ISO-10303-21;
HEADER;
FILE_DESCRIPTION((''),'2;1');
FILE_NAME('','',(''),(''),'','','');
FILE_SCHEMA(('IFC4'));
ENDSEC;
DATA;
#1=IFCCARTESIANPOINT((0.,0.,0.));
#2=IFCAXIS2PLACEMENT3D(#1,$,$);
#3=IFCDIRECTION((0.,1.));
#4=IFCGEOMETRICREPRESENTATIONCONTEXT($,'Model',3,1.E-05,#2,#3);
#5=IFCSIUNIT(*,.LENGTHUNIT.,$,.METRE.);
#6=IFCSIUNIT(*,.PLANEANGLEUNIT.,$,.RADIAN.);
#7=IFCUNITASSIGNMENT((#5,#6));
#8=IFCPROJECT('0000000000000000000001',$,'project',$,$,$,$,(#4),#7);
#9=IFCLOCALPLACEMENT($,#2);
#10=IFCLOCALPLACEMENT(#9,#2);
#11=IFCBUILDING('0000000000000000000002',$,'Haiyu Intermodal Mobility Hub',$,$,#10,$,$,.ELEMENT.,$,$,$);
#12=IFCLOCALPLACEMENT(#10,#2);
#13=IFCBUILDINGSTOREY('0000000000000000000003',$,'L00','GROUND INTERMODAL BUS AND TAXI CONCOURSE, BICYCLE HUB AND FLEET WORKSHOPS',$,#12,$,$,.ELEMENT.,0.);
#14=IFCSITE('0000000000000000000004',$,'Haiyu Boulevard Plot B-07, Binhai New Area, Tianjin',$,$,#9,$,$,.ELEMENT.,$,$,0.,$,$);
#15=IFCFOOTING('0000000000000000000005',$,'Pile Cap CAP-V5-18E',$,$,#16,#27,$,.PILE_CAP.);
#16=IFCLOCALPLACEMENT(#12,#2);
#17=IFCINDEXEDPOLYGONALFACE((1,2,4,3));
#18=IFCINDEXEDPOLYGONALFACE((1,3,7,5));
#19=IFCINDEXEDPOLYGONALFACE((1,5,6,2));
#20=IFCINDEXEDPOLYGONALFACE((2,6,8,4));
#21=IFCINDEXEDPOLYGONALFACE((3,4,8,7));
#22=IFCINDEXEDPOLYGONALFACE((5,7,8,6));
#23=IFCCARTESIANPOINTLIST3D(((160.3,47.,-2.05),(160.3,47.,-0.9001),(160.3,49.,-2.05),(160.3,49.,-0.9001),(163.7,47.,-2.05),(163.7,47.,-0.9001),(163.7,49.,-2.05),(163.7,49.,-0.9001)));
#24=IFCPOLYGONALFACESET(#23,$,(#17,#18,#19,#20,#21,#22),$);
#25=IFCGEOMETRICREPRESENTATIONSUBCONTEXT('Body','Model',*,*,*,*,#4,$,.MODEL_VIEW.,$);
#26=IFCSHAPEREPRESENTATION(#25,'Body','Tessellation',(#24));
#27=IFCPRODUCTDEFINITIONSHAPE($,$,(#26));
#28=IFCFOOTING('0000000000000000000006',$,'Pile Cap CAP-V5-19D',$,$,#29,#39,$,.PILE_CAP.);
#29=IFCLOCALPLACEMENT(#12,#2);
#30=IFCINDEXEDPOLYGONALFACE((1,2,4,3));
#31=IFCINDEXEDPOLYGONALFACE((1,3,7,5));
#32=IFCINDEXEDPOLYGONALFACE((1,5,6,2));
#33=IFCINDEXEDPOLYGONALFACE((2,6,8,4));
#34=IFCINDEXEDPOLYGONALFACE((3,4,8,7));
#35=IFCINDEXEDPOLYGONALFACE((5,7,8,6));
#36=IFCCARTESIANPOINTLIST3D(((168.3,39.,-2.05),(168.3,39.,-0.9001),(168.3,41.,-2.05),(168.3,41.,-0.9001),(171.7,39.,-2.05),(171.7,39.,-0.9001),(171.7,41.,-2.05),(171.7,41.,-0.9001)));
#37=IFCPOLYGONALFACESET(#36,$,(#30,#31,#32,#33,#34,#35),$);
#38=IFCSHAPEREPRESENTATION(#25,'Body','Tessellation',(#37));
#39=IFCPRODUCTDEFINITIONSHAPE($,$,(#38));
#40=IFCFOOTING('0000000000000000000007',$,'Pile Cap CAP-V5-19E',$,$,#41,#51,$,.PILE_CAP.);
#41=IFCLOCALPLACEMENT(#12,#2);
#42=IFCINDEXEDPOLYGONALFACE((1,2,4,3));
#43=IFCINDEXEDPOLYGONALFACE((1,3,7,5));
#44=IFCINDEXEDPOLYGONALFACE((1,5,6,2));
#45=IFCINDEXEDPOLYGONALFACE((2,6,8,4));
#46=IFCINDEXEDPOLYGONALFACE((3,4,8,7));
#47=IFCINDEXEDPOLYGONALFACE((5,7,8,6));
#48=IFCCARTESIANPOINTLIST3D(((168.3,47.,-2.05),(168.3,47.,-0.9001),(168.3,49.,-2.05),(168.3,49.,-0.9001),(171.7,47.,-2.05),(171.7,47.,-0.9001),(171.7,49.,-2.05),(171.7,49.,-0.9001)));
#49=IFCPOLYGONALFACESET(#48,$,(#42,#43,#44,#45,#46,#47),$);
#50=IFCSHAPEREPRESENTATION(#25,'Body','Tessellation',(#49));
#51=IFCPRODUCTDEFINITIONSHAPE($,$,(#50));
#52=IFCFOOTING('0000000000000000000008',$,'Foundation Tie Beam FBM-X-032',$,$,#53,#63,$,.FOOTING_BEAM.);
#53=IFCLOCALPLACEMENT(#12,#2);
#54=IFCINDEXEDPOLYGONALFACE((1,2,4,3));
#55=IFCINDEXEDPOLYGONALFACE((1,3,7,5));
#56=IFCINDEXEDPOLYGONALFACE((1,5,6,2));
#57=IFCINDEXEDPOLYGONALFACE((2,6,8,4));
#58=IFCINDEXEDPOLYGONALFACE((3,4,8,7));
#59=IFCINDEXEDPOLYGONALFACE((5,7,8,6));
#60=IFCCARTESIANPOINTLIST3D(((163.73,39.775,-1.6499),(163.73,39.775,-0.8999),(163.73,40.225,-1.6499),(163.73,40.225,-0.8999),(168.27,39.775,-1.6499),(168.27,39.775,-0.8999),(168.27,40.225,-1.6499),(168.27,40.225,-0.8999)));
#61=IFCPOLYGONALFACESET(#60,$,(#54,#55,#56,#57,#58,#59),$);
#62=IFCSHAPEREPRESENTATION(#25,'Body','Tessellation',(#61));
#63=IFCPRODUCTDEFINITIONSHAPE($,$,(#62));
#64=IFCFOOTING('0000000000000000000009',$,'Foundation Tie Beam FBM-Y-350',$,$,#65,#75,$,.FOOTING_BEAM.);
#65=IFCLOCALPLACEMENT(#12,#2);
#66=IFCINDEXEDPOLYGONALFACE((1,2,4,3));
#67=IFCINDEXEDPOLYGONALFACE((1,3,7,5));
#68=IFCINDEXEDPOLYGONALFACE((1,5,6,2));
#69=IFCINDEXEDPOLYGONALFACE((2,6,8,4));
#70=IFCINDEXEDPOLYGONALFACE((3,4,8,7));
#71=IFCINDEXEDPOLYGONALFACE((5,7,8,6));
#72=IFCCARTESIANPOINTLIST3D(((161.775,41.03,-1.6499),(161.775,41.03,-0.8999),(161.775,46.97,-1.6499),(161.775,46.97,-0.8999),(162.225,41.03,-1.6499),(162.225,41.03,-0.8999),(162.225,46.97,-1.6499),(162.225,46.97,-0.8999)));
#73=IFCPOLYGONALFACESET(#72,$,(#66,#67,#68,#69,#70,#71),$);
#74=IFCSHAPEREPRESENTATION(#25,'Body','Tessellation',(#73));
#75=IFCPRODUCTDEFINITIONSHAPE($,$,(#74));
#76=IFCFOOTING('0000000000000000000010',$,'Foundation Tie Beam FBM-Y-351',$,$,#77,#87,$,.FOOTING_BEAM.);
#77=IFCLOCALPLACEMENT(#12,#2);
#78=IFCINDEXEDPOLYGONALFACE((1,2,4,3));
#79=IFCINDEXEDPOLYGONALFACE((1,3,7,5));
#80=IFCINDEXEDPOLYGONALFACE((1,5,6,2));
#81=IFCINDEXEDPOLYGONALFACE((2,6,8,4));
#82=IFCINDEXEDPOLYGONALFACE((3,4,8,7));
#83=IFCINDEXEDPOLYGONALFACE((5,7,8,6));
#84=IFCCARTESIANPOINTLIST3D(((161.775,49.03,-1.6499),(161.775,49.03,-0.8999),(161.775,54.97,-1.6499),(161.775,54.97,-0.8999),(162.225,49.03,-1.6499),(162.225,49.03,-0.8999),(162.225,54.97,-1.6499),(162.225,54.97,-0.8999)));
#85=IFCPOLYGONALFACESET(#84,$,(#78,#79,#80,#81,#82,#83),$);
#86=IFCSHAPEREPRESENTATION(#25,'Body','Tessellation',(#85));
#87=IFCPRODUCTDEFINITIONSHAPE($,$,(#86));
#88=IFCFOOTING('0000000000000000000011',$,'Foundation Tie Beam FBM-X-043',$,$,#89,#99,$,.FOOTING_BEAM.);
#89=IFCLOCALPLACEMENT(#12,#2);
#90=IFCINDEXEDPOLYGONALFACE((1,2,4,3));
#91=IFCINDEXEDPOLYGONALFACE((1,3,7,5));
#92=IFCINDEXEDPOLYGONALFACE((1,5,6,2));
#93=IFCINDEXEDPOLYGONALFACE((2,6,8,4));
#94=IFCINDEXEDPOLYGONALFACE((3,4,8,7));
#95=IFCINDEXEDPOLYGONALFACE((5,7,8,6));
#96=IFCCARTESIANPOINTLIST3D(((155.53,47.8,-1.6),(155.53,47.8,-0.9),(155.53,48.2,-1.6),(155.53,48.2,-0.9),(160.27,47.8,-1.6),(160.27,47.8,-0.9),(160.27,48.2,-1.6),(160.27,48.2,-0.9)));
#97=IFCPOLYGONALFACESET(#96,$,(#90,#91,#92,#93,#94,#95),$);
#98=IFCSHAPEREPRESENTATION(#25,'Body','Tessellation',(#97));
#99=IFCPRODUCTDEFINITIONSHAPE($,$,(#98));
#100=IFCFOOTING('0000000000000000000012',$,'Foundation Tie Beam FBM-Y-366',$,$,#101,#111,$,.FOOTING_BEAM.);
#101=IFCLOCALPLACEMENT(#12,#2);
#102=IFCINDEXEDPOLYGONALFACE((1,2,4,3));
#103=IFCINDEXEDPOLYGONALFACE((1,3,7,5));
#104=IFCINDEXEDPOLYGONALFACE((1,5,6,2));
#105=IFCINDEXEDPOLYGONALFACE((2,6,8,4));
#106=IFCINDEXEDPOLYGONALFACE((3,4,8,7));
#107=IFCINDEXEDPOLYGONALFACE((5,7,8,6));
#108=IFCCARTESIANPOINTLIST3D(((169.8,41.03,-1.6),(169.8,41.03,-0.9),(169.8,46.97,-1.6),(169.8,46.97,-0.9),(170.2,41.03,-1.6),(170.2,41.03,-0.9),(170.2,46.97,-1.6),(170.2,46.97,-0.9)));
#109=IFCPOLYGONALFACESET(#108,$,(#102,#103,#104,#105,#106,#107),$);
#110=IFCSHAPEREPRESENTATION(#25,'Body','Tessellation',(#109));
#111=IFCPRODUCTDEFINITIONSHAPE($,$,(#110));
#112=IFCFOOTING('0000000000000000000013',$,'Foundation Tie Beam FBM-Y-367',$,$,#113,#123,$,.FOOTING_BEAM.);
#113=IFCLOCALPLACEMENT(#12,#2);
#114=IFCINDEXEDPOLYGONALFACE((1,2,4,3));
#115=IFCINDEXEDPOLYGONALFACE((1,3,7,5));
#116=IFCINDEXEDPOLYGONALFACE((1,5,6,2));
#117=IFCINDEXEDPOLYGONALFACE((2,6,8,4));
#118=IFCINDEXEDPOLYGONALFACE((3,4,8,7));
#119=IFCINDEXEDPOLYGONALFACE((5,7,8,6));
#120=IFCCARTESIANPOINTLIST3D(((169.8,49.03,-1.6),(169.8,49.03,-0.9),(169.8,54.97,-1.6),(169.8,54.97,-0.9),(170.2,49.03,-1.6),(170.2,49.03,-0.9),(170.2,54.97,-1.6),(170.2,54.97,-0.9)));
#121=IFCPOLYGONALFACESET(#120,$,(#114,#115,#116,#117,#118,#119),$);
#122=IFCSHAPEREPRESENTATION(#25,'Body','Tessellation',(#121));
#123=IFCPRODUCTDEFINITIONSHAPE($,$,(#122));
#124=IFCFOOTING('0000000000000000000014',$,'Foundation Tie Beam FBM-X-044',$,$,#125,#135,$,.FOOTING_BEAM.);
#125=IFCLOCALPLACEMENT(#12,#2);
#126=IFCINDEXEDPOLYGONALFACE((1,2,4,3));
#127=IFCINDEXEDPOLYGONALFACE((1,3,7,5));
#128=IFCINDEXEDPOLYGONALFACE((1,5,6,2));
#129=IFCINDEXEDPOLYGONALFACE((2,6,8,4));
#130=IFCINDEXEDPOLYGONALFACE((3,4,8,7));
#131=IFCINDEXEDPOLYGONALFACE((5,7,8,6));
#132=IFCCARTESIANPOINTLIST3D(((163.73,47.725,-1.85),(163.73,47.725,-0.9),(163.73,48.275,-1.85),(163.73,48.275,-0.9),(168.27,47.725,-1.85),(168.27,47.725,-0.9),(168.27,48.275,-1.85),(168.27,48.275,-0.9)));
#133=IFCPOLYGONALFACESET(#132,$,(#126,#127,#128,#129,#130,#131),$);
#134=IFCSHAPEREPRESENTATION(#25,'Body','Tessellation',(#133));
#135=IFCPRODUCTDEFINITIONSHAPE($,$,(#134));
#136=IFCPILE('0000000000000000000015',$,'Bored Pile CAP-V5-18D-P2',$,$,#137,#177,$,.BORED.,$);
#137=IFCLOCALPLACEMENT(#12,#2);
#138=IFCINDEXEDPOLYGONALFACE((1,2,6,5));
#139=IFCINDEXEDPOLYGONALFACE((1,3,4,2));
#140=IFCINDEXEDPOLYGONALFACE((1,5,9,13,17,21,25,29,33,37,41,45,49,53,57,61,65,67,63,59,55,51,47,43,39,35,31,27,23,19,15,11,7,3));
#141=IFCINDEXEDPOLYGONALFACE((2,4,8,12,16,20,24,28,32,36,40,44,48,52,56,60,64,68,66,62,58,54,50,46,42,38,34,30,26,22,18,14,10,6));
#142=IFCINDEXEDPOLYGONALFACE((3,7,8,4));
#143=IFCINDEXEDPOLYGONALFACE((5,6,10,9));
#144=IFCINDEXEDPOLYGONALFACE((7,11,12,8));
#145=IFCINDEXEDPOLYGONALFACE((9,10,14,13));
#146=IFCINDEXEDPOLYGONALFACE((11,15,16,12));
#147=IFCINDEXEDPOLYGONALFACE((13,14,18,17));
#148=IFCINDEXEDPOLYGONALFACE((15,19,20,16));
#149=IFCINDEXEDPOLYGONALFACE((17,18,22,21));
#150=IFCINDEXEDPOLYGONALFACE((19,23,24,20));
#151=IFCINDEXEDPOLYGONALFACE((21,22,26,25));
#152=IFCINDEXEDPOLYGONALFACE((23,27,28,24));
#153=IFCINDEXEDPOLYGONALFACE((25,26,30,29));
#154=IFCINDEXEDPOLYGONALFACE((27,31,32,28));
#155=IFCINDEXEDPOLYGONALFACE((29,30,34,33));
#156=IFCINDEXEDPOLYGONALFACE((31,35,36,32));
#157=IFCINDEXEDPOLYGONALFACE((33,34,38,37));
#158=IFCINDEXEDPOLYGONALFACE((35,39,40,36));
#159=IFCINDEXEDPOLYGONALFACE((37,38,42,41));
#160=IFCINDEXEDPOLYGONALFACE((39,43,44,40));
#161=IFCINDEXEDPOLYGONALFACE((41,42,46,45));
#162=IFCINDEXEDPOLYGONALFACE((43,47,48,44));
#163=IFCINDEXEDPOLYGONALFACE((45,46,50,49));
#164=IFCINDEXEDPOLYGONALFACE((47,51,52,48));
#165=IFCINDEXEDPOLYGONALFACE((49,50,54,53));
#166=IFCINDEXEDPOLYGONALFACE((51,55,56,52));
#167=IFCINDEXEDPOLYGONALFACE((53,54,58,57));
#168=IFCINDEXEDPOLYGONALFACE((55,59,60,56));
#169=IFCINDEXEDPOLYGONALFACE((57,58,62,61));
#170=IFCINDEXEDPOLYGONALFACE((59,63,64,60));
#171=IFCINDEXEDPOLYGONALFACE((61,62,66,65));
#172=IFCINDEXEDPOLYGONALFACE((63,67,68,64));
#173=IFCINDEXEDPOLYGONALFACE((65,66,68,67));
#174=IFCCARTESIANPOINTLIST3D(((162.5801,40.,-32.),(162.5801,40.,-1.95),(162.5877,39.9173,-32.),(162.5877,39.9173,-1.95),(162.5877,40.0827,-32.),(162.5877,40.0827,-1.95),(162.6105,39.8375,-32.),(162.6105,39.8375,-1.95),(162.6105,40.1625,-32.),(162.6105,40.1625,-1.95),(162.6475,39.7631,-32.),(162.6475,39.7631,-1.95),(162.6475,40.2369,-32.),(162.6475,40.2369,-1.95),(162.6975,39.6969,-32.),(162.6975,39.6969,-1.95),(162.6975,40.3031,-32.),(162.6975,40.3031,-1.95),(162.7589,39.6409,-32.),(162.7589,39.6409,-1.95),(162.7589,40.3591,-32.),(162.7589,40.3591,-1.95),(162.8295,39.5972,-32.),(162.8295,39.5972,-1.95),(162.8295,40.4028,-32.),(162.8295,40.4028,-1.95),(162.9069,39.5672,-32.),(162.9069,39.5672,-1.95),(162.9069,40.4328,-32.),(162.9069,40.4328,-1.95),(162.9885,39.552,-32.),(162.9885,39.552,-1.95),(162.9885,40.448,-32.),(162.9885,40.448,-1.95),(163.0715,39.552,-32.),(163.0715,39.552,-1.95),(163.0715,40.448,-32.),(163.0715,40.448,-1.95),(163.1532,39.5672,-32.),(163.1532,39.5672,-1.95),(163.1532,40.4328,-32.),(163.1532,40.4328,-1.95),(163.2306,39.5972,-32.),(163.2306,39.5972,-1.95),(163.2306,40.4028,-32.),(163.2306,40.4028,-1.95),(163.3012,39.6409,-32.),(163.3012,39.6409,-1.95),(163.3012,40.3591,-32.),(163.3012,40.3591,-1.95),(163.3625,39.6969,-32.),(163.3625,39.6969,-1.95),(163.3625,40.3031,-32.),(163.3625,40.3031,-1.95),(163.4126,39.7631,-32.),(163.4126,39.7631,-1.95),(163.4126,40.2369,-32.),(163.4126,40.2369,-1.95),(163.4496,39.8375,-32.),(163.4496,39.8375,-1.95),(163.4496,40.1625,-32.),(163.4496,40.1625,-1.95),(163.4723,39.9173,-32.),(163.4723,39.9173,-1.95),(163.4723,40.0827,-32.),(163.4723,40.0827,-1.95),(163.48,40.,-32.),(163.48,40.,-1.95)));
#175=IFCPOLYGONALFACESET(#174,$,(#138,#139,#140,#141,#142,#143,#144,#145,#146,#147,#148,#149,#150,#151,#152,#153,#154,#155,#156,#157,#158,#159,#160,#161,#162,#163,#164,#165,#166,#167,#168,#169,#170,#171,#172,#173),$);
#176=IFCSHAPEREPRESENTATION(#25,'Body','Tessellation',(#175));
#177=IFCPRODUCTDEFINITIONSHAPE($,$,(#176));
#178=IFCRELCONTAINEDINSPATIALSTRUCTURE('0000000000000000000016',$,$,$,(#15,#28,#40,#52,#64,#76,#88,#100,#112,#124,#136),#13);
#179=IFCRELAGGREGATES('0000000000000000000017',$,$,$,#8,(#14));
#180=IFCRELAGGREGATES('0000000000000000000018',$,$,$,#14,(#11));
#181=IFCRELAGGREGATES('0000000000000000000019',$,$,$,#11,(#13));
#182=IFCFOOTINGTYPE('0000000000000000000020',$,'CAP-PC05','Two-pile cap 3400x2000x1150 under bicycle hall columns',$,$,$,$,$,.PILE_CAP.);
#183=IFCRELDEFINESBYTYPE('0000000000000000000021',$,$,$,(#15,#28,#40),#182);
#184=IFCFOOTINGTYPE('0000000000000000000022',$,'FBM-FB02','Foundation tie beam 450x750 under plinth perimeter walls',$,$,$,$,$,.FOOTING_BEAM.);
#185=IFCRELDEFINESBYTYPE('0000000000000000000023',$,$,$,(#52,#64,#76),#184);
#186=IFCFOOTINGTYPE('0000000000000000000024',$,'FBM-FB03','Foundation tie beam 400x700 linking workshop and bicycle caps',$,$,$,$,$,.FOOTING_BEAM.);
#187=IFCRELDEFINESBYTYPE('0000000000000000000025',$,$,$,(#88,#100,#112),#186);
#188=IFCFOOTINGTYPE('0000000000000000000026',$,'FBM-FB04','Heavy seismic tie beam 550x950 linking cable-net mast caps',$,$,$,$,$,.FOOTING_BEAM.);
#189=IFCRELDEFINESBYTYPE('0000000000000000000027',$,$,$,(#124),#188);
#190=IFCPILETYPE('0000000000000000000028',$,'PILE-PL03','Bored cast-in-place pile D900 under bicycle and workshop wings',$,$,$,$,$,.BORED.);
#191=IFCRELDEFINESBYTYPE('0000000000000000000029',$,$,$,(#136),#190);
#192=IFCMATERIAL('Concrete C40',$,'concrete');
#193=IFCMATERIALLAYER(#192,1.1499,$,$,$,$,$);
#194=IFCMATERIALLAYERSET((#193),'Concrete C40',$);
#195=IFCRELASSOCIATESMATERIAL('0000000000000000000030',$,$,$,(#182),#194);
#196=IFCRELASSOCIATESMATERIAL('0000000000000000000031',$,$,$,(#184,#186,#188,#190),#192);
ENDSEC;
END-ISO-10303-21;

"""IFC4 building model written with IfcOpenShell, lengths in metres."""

from ifc_helpers import new_model, si_unit, direction, frame, origin, origin_2d, place, context, subcontext, project, spatial, rectangle, circle, extrude, material, layer, layer_set, material_profile, profile_set, type_object, element, save


model = new_model("IFC4")

# Units and contexts
model_context = context("Model", 3, precision=1e-05, world=origin(), true_north=direction((0.0, 1.0)))
body_context = subcontext(model_context, "Body", "Model", "MODEL_VIEW")
ifc_project = project(units=[si_unit("LENGTHUNIT", "METRE"), si_unit("PLANEANGLEUNIT", "RADIAN")], contexts=[model_context])

# Site, building, storey
site_placement = place(None, origin())
site = spatial("IfcSite", under=ifc_project, at=site_placement, Name="Haiyu Boulevard Plot B-07, Binhai New Area, Tianjin", CompositionType="ELEMENT", RefElevation=0.0)
building_placement = place(site_placement, origin())
building = spatial("IfcBuilding", under=site, at=building_placement, Name="Haiyu Intermodal Mobility Hub", CompositionType="ELEMENT")
storey_placement = place(building_placement, origin())
storey = spatial("IfcBuildingStorey", under=building, at=storey_placement, Name="L00", Description="GROUND INTERMODAL BUS AND TAXI CONCOURSE, BICYCLE HUB AND FLEET WORKSHOPS", CompositionType="ELEMENT", Elevation=0.0)

# Footings
ifc_material_1 = material(Name="Concrete C40", Category="concrete")
ifc_layer = layer(ifc_material_1, 1.1499)
ifc_layer_set = layer_set([ifc_layer], Name="Concrete C40")
footing_type_1 = type_object("IfcFootingType", Name="CAP-PC05", Description="Two-pile cap 3400x2000x1150 under bicycle hall columns", PredefinedType="PILE_CAP", material=ifc_layer_set)
for number, where, z_axis, x_axis, name in (
    (1, (162.0, 48.0, -2.05), (0.0, 0.0, 1.0), (1.0, 0.0, 0.0), "Pile Cap CAP-V5-18E"),
    (2, (170.0, 40.0, -2.05), (0.0, 0.0, 1.0), (1.0, 0.0, 0.0), "Pile Cap CAP-V5-19D"),
    (3, (170.0, 48.0, -2.05), (0.0, 0.0, 1.0), (1.0, 0.0, 0.0), "Pile Cap CAP-V5-19E"),
):
    element("IfcFooting", number, at=place(storey_placement, frame(where, z_axis=z_axis, x_axis=x_axis)), inside=storey, type_object=footing_type_1, Name=name, PredefinedType="PILE_CAP", context=body_context, shape_type="SweptSolid", body=[
        extrude(rectangle(XDim=3.3999, YDim=2.0, at=origin_2d()), origin(), (0.0, 0.0, 1.0), 1.1499),
    ])
ifc_material_profile_1 = material_profile(ifc_material_1, rectangle(XDim=0.45, YDim=0.75, at=origin_2d()), Name="FB450x750")
ifc_profile_set_1 = profile_set([ifc_material_profile_1], Name="Concrete C40")
footing_type_2 = type_object("IfcFootingType", Name="FBM-FB02", Description="Foundation tie beam 450x750 under plinth perimeter walls", PredefinedType="FOOTING_BEAM", material=ifc_profile_set_1)
footing_1_placement = place(storey_placement, frame((163.73, 40.0, -1.2749), z_axis=(1.0, 0.0, 0.0), x_axis=(0.0, 1.0, 0.0)))
element("IfcFooting", 4, at=footing_1_placement, inside=storey, type_object=footing_type_2, Name="Foundation Tie Beam FBM-X-032", PredefinedType="FOOTING_BEAM", context=body_context, shape_type="SweptSolid", body=[
    extrude(rectangle(XDim=0.45, YDim=0.75, at=origin_2d()), origin(), (0.0, 0.0, 1.0), 4.54),
])
for number, where, z_axis, x_axis, name in (
    (5, (162.0, 41.03, -1.2749), (0.0, 1.0, 0.0), (-1.0, 0.0, 0.0), "Foundation Tie Beam FBM-Y-350"),
    (6, (162.0, 49.03, -1.2749), (0.0, 1.0, 0.0), (-1.0, 0.0, 0.0), "Foundation Tie Beam FBM-Y-351"),
):
    element("IfcFooting", number, at=place(storey_placement, frame(where, z_axis=z_axis, x_axis=x_axis)), inside=storey, type_object=footing_type_2, Name=name, PredefinedType="FOOTING_BEAM", context=body_context, shape_type="SweptSolid", body=[
        extrude(rectangle(XDim=0.45, YDim=0.75, at=origin_2d()), origin(), (0.0, 0.0, 1.0), 5.9399),
    ])
ifc_material_profile_2 = material_profile(ifc_material_1, rectangle(XDim=0.3999, YDim=0.7, at=origin_2d()), Name="FB400x700")
ifc_profile_set_2 = profile_set([ifc_material_profile_2], Name="Concrete C40")
footing_type_3 = type_object("IfcFootingType", Name="FBM-FB03", Description="Foundation tie beam 400x700 linking workshop and bicycle caps", PredefinedType="FOOTING_BEAM", material=ifc_profile_set_2)
footing_2_placement = place(storey_placement, frame((155.53, 48.0, -1.25), z_axis=(1.0, 0.0, 0.0), x_axis=(0.0, 1.0, 0.0)))
element("IfcFooting", 7, at=footing_2_placement, inside=storey, type_object=footing_type_3, Name="Foundation Tie Beam FBM-X-043", PredefinedType="FOOTING_BEAM", context=body_context, shape_type="SweptSolid", body=[
    extrude(rectangle(XDim=0.3999, YDim=0.7, at=origin_2d()), origin(), (0.0, 0.0, 1.0), 4.74),
])
for number, where, z_axis, x_axis, name in (
    (8, (170.0, 41.03, -1.25), (0.0, 1.0, 0.0), (-1.0, 0.0, 0.0), "Foundation Tie Beam FBM-Y-366"),
    (9, (170.0, 49.03, -1.25), (0.0, 1.0, 0.0), (-1.0, 0.0, 0.0), "Foundation Tie Beam FBM-Y-367"),
):
    element("IfcFooting", number, at=place(storey_placement, frame(where, z_axis=z_axis, x_axis=x_axis)), inside=storey, type_object=footing_type_3, Name=name, PredefinedType="FOOTING_BEAM", context=body_context, shape_type="SweptSolid", body=[
        extrude(rectangle(XDim=0.3999, YDim=0.7, at=origin_2d()), origin(), (0.0, 0.0, 1.0), 5.9399),
    ])
ifc_material_profile_3 = material_profile(ifc_material_1, rectangle(XDim=0.55, YDim=0.95, at=origin_2d()), Name="FB550x950")
ifc_profile_set_3 = profile_set([ifc_material_profile_3], Name="Concrete C40")
footing_type_4 = type_object("IfcFootingType", Name="FBM-FB04", Description="Heavy seismic tie beam 550x950 linking cable-net mast caps", PredefinedType="FOOTING_BEAM", material=ifc_profile_set_3)
footing_3_placement = place(storey_placement, frame((163.73, 48.0, -1.375), z_axis=(1.0, 0.0, 0.0), x_axis=(0.0, 1.0, 0.0)))
element("IfcFooting", 10, at=footing_3_placement, inside=storey, type_object=footing_type_4, Name="Foundation Tie Beam FBM-X-044", PredefinedType="FOOTING_BEAM", context=body_context, shape_type="SweptSolid", body=[
    extrude(rectangle(XDim=0.55, YDim=0.95, at=origin_2d()), origin(), (0.0, 0.0, 1.0), 4.54),
])

# Pile
ifc_material_profile_4 = material_profile(ifc_material_1, circle(Radius=0.45, at=origin_2d()), Name="PILE-D900")
ifc_profile_set_4 = profile_set([ifc_material_profile_4], Name="Concrete C40")
pile_type = type_object("IfcPileType", Name="PILE-PL03", Description="Bored cast-in-place pile D900 under bicycle and workshop wings", PredefinedType="BORED", material=ifc_profile_set_4)
for number, where, z_axis, x_axis, name in (
    (11, (163.03, 40.0, -1.95), (0.0, 0.0, -1.0), (1.0, 0.0, 0.0), "Bored Pile CAP-V5-18D-P2"),
):
    element("IfcPile", number, at=place(storey_placement, frame(where, z_axis=z_axis, x_axis=x_axis)), inside=storey, type_object=pile_type, Name=name, PredefinedType="BORED", context=body_context, shape_type="SweptSolid", body=[
        extrude(circle(Radius=0.45, at=origin_2d()), origin(), (0.0, 0.0, 1.0), 30.05),
    ])

save(model, "model.ifc")
